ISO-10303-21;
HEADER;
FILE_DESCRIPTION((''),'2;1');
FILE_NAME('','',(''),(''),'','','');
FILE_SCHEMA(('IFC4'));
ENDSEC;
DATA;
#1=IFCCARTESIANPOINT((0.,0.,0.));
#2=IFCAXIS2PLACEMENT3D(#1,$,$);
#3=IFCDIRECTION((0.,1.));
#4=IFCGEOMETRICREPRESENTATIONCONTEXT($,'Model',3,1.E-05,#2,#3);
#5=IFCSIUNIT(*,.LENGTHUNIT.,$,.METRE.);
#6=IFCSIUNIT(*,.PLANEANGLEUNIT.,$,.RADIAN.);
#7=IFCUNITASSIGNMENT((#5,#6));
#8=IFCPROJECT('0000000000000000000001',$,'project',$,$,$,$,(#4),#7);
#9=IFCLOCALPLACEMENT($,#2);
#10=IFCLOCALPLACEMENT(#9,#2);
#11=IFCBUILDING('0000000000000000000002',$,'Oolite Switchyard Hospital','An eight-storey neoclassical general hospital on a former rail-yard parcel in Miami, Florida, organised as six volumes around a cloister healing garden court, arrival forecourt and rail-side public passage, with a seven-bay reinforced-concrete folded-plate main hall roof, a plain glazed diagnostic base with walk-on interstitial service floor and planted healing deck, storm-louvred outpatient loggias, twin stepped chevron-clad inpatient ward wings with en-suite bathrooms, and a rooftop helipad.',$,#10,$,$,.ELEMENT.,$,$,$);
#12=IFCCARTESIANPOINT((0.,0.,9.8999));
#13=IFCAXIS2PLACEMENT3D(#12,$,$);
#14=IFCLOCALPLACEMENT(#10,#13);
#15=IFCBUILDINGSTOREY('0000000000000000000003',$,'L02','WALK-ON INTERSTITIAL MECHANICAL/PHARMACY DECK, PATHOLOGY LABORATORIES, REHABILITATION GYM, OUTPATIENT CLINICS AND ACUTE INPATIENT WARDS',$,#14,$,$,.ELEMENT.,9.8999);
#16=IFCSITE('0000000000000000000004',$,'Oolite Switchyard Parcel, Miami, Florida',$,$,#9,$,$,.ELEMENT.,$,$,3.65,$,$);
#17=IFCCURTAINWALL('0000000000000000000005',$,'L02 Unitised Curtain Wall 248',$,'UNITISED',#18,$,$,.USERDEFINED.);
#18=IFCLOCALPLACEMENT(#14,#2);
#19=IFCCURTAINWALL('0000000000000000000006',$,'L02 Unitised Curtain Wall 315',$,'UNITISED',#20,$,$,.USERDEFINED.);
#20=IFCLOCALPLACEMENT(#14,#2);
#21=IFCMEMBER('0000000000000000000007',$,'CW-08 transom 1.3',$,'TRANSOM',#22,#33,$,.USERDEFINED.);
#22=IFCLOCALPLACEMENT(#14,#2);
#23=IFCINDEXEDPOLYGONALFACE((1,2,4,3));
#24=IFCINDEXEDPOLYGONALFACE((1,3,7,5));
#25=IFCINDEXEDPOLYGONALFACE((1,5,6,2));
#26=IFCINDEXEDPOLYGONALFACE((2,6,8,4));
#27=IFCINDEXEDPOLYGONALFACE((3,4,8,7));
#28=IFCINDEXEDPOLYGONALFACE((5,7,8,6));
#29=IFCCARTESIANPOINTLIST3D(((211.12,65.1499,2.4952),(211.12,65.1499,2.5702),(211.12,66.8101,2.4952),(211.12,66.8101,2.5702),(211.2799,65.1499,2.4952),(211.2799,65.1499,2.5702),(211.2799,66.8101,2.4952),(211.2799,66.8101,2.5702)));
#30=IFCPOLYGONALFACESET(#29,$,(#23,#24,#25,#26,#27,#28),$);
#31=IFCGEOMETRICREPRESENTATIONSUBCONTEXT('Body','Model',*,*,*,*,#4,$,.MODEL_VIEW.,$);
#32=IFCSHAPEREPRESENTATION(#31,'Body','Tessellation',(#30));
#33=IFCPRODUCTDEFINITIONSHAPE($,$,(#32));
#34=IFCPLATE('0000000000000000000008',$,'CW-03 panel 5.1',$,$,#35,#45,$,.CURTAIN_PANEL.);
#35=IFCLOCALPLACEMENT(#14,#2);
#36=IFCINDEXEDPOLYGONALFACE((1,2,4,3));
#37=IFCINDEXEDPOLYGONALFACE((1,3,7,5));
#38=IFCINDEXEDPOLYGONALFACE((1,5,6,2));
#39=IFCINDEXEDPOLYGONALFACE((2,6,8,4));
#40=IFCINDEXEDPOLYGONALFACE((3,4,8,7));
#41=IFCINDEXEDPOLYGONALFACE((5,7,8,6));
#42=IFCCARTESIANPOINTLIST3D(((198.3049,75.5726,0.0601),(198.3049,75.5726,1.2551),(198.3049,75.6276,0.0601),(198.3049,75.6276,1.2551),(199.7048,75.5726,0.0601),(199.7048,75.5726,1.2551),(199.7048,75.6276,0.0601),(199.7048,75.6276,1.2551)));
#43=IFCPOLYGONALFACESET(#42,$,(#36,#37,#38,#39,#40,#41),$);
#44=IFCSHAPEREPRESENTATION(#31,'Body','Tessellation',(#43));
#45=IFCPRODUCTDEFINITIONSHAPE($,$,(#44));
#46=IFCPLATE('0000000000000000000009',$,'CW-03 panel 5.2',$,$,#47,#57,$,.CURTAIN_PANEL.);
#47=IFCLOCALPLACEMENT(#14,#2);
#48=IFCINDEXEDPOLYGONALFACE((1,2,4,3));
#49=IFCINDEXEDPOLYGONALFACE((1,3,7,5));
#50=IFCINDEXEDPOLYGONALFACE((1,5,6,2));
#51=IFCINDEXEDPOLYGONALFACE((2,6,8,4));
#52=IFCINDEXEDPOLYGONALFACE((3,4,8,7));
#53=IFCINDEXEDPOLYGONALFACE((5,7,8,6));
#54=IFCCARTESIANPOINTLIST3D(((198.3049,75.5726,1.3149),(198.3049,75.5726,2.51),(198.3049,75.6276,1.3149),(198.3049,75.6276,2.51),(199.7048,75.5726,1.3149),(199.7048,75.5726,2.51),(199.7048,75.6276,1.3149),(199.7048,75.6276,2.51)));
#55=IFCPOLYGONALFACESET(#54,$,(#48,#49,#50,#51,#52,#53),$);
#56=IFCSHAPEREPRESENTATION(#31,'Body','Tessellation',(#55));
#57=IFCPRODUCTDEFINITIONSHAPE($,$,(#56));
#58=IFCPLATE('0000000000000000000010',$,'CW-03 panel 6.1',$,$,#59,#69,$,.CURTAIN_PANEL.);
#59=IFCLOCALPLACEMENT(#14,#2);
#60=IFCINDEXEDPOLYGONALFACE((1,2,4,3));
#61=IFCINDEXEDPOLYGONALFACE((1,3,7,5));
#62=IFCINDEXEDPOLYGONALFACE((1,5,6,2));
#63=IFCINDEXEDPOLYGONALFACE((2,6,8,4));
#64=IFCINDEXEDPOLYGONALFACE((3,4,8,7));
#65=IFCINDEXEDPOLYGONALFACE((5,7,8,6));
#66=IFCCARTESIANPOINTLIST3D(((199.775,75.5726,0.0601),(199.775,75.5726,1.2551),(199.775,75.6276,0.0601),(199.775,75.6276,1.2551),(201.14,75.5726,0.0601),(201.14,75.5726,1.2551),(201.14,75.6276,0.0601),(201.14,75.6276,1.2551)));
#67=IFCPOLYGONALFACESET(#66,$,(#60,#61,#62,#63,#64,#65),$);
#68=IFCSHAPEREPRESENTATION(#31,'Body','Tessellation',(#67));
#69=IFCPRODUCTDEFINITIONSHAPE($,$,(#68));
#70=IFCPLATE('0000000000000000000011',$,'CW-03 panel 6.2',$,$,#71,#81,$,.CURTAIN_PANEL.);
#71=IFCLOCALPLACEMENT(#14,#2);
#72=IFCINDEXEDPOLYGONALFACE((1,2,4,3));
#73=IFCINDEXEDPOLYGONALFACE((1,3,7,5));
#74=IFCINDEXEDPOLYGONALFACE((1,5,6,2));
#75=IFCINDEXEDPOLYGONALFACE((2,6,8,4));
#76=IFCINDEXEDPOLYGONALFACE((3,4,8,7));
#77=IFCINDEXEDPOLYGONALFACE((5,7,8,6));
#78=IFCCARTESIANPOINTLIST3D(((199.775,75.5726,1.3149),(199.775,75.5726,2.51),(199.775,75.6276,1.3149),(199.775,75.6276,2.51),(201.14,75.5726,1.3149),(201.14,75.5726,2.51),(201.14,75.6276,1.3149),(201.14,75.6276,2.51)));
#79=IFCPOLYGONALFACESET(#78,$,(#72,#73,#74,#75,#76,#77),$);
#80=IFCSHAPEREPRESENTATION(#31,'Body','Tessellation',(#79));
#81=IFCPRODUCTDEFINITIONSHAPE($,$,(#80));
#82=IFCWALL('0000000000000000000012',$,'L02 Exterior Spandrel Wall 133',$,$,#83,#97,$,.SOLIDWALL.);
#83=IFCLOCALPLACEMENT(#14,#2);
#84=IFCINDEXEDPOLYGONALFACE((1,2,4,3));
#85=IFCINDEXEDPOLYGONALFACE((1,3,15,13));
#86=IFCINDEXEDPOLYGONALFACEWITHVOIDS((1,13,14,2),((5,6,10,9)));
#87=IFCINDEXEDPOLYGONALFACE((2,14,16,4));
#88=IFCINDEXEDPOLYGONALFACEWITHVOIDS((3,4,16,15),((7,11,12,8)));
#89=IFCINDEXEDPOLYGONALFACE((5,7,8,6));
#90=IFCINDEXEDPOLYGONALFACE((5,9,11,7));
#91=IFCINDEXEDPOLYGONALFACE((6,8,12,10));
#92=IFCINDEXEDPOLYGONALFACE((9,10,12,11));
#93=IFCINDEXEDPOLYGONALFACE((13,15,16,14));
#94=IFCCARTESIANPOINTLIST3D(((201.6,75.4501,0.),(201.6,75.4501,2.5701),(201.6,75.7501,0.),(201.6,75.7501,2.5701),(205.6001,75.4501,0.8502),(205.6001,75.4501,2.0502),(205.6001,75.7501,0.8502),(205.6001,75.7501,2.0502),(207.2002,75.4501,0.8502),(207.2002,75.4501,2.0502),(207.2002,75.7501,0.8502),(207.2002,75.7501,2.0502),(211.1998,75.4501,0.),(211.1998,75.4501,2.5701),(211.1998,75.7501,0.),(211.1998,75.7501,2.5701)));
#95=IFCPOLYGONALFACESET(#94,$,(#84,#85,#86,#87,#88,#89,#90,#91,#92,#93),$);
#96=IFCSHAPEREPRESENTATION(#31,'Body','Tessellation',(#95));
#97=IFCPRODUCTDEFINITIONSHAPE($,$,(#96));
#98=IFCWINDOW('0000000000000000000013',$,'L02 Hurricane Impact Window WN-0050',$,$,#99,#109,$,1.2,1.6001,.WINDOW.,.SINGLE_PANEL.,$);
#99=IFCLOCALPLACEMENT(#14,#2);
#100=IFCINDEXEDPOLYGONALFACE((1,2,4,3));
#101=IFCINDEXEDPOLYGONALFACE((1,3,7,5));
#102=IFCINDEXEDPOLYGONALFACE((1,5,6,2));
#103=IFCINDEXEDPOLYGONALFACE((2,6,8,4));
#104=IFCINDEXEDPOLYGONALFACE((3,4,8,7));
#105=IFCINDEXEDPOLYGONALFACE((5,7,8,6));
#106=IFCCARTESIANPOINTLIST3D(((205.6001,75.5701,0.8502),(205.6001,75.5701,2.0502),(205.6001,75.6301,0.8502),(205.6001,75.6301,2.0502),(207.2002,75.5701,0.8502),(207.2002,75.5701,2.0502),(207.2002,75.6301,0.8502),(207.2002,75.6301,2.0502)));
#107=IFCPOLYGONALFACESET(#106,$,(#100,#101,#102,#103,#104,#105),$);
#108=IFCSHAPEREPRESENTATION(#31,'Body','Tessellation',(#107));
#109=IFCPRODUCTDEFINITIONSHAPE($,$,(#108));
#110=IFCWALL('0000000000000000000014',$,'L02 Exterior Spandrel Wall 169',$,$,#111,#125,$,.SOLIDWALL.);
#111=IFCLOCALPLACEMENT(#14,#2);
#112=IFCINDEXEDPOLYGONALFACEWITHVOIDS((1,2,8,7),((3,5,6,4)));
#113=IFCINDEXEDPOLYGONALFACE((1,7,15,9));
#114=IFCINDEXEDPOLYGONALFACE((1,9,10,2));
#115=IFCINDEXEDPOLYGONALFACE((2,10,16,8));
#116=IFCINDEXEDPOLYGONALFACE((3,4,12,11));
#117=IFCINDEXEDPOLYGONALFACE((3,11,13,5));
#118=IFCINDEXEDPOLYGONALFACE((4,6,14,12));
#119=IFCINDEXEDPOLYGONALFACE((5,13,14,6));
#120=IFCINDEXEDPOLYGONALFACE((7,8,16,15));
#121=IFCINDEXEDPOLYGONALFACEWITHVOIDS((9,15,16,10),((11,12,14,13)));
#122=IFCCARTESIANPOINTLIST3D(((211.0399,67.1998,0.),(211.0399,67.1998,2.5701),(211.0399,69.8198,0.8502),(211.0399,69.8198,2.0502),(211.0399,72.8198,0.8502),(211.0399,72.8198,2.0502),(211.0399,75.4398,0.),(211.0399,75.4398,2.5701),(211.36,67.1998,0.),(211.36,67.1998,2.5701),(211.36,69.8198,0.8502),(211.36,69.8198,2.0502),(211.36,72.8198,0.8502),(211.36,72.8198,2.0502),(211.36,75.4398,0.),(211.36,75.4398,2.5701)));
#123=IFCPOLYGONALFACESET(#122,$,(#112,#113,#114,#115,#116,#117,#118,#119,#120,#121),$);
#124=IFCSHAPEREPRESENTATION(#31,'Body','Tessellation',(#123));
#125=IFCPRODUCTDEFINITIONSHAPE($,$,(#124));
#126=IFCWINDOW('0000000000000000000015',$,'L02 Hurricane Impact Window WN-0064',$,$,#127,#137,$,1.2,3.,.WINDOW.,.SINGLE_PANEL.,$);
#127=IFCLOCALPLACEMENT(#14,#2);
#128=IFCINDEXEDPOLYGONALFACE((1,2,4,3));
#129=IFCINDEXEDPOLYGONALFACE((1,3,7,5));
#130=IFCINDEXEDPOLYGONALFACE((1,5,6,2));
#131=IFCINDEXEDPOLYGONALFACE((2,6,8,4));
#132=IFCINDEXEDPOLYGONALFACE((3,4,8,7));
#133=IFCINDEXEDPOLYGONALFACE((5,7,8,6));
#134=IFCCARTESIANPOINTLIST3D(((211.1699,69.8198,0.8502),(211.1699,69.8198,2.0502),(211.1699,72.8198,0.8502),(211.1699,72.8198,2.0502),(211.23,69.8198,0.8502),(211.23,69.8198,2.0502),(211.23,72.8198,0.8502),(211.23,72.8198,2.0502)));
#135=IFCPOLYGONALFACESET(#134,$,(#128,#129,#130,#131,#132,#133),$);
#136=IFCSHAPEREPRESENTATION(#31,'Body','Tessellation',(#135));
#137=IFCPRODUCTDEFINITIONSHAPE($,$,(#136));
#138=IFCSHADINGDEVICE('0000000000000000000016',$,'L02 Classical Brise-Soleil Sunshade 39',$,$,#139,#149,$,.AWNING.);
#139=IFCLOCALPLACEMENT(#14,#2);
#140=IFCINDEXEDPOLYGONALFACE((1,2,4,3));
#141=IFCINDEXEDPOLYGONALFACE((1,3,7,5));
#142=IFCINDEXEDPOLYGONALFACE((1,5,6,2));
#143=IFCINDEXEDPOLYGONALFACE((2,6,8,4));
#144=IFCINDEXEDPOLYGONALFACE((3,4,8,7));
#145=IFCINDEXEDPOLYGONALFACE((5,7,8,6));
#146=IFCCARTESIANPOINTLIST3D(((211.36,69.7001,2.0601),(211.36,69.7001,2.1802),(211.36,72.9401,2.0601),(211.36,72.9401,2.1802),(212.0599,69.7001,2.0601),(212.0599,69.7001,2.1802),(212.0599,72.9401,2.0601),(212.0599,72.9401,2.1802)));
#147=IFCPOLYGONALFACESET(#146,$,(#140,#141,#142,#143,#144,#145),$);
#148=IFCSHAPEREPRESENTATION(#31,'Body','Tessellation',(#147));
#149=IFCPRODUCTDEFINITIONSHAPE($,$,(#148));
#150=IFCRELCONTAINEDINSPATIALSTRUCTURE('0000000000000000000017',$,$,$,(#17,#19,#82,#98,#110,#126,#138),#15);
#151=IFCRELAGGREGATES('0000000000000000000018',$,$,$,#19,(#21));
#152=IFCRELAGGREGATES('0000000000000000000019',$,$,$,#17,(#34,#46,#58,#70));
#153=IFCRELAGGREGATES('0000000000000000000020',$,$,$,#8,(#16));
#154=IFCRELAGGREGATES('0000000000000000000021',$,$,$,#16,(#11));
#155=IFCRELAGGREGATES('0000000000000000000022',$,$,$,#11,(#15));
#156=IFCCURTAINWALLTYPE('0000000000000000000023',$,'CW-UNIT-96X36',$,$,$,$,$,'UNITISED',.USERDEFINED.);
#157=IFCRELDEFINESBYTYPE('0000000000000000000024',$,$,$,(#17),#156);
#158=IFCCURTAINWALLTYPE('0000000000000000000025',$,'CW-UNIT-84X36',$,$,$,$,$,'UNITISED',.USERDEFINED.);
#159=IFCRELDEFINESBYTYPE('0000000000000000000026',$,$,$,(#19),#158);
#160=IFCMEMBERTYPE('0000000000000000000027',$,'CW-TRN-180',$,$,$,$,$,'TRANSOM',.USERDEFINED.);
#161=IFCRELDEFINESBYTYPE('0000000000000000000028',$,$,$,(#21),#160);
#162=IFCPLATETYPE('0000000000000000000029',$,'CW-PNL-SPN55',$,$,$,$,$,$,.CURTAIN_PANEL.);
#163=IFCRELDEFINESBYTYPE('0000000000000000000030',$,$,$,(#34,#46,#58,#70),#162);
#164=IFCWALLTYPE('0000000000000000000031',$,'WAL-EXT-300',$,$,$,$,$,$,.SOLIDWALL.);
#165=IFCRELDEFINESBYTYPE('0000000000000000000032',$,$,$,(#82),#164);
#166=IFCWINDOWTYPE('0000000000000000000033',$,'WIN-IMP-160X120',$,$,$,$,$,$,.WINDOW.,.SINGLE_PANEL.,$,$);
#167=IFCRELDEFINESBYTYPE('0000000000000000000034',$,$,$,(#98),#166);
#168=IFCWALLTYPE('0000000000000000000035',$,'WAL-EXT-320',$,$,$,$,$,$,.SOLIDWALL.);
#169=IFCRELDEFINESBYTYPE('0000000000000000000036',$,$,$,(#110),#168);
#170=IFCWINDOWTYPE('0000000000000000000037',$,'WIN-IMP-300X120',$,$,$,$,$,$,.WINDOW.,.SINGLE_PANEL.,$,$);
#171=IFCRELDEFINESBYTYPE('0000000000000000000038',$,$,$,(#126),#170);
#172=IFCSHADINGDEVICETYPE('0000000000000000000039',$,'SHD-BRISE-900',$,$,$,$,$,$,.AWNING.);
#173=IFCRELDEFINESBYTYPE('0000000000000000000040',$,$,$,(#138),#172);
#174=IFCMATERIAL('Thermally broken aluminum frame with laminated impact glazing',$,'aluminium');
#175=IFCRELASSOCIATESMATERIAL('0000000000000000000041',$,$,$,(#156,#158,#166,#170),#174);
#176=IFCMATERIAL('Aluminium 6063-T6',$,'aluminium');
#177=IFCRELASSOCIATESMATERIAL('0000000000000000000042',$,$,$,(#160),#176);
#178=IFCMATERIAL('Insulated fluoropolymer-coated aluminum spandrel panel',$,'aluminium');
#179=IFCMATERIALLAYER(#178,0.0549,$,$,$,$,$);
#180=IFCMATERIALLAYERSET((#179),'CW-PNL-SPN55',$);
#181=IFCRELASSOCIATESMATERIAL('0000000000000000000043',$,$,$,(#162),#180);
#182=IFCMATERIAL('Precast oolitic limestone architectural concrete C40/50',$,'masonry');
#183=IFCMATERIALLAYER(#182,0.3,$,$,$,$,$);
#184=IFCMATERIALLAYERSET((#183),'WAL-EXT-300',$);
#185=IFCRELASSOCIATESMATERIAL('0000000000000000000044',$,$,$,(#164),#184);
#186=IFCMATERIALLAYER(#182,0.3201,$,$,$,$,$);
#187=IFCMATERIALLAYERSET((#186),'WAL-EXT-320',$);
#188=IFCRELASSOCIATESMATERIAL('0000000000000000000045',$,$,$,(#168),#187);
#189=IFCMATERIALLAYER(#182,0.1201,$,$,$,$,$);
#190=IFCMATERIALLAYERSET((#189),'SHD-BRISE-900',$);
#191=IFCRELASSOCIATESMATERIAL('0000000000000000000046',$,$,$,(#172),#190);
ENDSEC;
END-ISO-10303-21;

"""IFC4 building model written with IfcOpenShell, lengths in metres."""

from ifc_helpers import new_model, si_unit, direction, frame, frame_2d, origin, origin_2d, place, context, subcontext, project, spatial, rectangle, extrude, material, layer, layer_set, material_profile, profile_set, type_object, element, fill, aggregate, save


model = new_model("IFC4")

# Units and contexts
model_context = context("Model", 3, precision=1e-05, world=origin(), true_north=direction((0.0, 1.0)))
body_context = subcontext(model_context, "Body", "Model", "MODEL_VIEW")
ifc_project = project(units=[si_unit("LENGTHUNIT", "METRE"), si_unit("PLANEANGLEUNIT", "RADIAN")], contexts=[model_context])

# Site, building, storey
site_placement = place(None, origin())
site = spatial("IfcSite", under=ifc_project, at=site_placement, Name="Oolite Switchyard Parcel, Miami, Florida", CompositionType="ELEMENT", RefElevation=3.65)
building_placement = place(site_placement, origin())
building = spatial("IfcBuilding", under=site, at=building_placement, Name="Oolite Switchyard Hospital", Description="An eight-storey neoclassical general hospital on a former rail-yard parcel in Miami, Florida, organised as six volumes around a cloister healing garden court, arrival forecourt and rail-side public passage, with a seven-bay reinforced-concrete folded-plate main hall roof, a plain glazed diagnostic base with walk-on interstitial service floor and planted healing deck, storm-louvred outpatient loggias, twin stepped chevron-clad inpatient ward wings with en-suite bathrooms, and a rooftop helipad.", CompositionType="ELEMENT")
storey_placement = place(building_placement, frame((0.0, 0.0, 9.8999)))
storey = spatial("IfcBuildingStorey", under=building, at=storey_placement, Name="L02", Description="WALK-ON INTERSTITIAL MECHANICAL/PHARMACY DECK, PATHOLOGY LABORATORIES, REHABILITATION GYM, OUTPATIENT CLINICS AND ACUTE INPATIENT WARDS", CompositionType="ELEMENT", Elevation=9.8999)

# Curtain wall
ifc_material_1 = material(Name="Thermally broken aluminum frame with laminated impact glazing", Category="aluminium")
curtain_wall_type_1 = type_object("IfcCurtainWallType", Name="CW-UNIT-96X36", ElementType="UNITISED", PredefinedType="USERDEFINED", material=ifc_material_1)
curtain_wall_1_placement = place(storey_placement, origin())
curtain_wall_1 = element("IfcCurtainWall", 1, at=curtain_wall_1_placement, inside=storey, type_object=curtain_wall_type_1, Name="L02 Unitised Curtain Wall 248", ObjectType="UNITISED", PredefinedType="USERDEFINED")
ifc_material_2 = material(Name="Aluminium 6063-T6", Category="aluminium")

# Curtain wall
curtain_wall_type_2 = type_object("IfcCurtainWallType", Name="CW-UNIT-84X36", ElementType="UNITISED", PredefinedType="USERDEFINED", material=ifc_material_1)
curtain_wall_2_placement = place(storey_placement, origin())
curtain_wall_2 = element("IfcCurtainWall", 2, at=curtain_wall_2_placement, inside=storey, type_object=curtain_wall_type_2, Name="L02 Unitised Curtain Wall 315", ObjectType="UNITISED", PredefinedType="USERDEFINED")

# Member
ifc_material_profile_1 = material_profile(ifc_material_2, rectangle(XDim=0.1599, YDim=0.075, at=origin_2d()), Name="CWT75X160")
ifc_profile_set_1 = profile_set([ifc_material_profile_1], Name="Aluminium 6063-T6")
member_type_1 = type_object("IfcMemberType", Name="CW-TRN-180", ElementType="TRANSOM", PredefinedType="USERDEFINED", material=ifc_profile_set_1)
member_1_placement = place(storey_placement, frame((211.2, 66.8101, 2.5327), z_axis=(0.0, -1.0, 0.0), x_axis=(1.0, 0.0, 0.0)))
member_1 = element("IfcMember", 3, at=member_1_placement, type_object=member_type_1, Name="CW-08 transom 1.3", ObjectType="TRANSOM", PredefinedType="USERDEFINED", context=body_context, shape_type="SweptSolid", body=[
    extrude(rectangle(XDim=0.1599, YDim=0.075, at=origin_2d()), origin(), (0.0, 0.0, 1.0), 1.6602),
])
aggregate(curtain_wall_2, [member_1])

# Plates
ifc_material_3 = material(Name="Insulated fluoropolymer-coated aluminum spandrel panel", Category="aluminium")
ifc_layer_1 = layer(ifc_material_3, 0.0549)
ifc_layer_set_1 = layer_set([ifc_layer_1], Name="CW-PNL-SPN55")
plate_type = type_object("IfcPlateType", Name="CW-PNL-SPN55", PredefinedType="CURTAIN_PANEL", material=ifc_layer_set_1)
plate_1_placement = place(storey_placement, frame((199.0049, 75.6001, 0.0601), z_axis=(0.0, 0.0, 1.0), x_axis=(1.0, 0.0, 0.0)))
plate_1 = element("IfcPlate", 4, at=plate_1_placement, type_object=plate_type, Name="CW-03 panel 5.1", PredefinedType="CURTAIN_PANEL", context=body_context, shape_type="SweptSolid", body=[
    extrude(rectangle(XDim=1.3999, YDim=0.0549, at=origin_2d()), origin(), (0.0, 0.0, 1.0), 1.1951),
])
plate_2_placement = place(storey_placement, frame((199.0049, 75.6001, 1.3149), z_axis=(0.0, 0.0, 1.0), x_axis=(1.0, 0.0, 0.0)))
plate_2 = element("IfcPlate", 5, at=plate_2_placement, type_object=plate_type, Name="CW-03 panel 5.2", PredefinedType="CURTAIN_PANEL", context=body_context, shape_type="SweptSolid", body=[
    extrude(rectangle(XDim=1.3999, YDim=0.0549, at=origin_2d()), origin(), (0.0, 0.0, 1.0), 1.1951),
])
plate_3_placement = place(storey_placement, frame((200.4575, 75.6001, 0.0601), z_axis=(0.0, 0.0, 1.0), x_axis=(1.0, 0.0, 0.0)))
plate_3 = element("IfcPlate", 6, at=plate_3_placement, type_object=plate_type, Name="CW-03 panel 6.1", PredefinedType="CURTAIN_PANEL", context=body_context, shape_type="SweptSolid", body=[
    extrude(rectangle(XDim=1.365, YDim=0.0549, at=origin_2d()), origin(), (0.0, 0.0, 1.0), 1.1951),
])
plate_4_placement = place(storey_placement, frame((200.4575, 75.6001, 1.3149), z_axis=(0.0, 0.0, 1.0), x_axis=(1.0, 0.0, 0.0)))
plate_4 = element("IfcPlate", 7, at=plate_4_placement, type_object=plate_type, Name="CW-03 panel 6.2", PredefinedType="CURTAIN_PANEL", context=body_context, shape_type="SweptSolid", body=[
    extrude(rectangle(XDim=1.365, YDim=0.0549, at=origin_2d()), origin(), (0.0, 0.0, 1.0), 1.1951),
])
aggregate(curtain_wall_1, [plate_1, plate_2, plate_3, plate_4])

# Walls, openings, windows
ifc_material_4 = material(Name="Precast oolitic limestone architectural concrete C40/50", Category="masonry")
ifc_layer_2 = layer(ifc_material_4, 0.3)
ifc_layer_set_2 = layer_set([ifc_layer_2], Name="WAL-EXT-300")
wall_type_1 = type_object("IfcWallType", Name="WAL-EXT-300", PredefinedType="SOLIDWALL", material=ifc_layer_set_2)
wall_1_placement = place(storey_placement, frame((201.6001, 75.6001, 0.0), z_axis=(0.0, 0.0, 1.0), x_axis=(1.0, 0.0, 0.0)))
wall_1 = element("IfcWall", 8, at=wall_1_placement, inside=storey, type_object=wall_type_1, Name="L02 Exterior Spandrel Wall 133", PredefinedType="SOLIDWALL", context=body_context, shape_type="SweptSolid", body=[
    extrude(rectangle(XDim=9.5999, YDim=0.3, at=frame_2d((4.7998, 0.0))), origin(), (0.0, 0.0, 1.0), 2.5701),
])
opening_1_placement = place(wall_1_placement, frame((4.0, 0.0, 0.8501)))
opening_1 = element("IfcOpeningElement", 9, at=opening_1_placement, cuts=wall_1, PredefinedType="OPENING", context=body_context, shape_type="SweptSolid", body=[
    extrude(rectangle(XDim=1.6001, YDim=1.2, at=frame_2d((0.8, 0.6001))), frame((0.0, 0.1602, 0.0), z_axis=(0.0, -1.0, 0.0), x_axis=(1.0, 0.0, 0.0)), (0.0, 0.0, 1.0), 0.3201),
])
window_type_1 = type_object("IfcWindowType", Name="WIN-IMP-160X120", PartitioningType="SINGLE_PANEL", PredefinedType="WINDOW", material=ifc_material_1)
window_1_placement = place(opening_1_placement, origin())
window_1 = element("IfcWindow", 10, at=window_1_placement, inside=storey, type_object=window_type_1, Name="L02 Hurricane Impact Window WN-0050", OverallHeight=1.2, OverallWidth=1.6001, PartitioningType="SINGLE_PANEL", PredefinedType="WINDOW", context=body_context, shape_type="SweptSolid", body=[
    extrude(rectangle(XDim=1.6001, YDim=1.2, at=frame_2d((0.8, 0.6001))), frame((0.0, 0.03, 0.0), z_axis=(0.0, -1.0, 0.0), x_axis=(1.0, 0.0, 0.0)), (0.0, 0.0, 1.0), 0.0601),
])
fill(opening_1, window_1)
ifc_layer_3 = layer(ifc_material_4, 0.3201)
ifc_layer_set_3 = layer_set([ifc_layer_3], Name="WAL-EXT-320")
wall_type_2 = type_object("IfcWallType", Name="WAL-EXT-320", PredefinedType="SOLIDWALL", material=ifc_layer_set_3)
wall_2_placement = place(storey_placement, frame((211.2, 75.4399, 0.0), z_axis=(0.0, 0.0, 1.0), x_axis=(0.0, -1.0, 0.0)))
wall_2 = element("IfcWall", 11, at=wall_2_placement, inside=storey, type_object=wall_type_2, Name="L02 Exterior Spandrel Wall 169", PredefinedType="SOLIDWALL", context=body_context, shape_type="SweptSolid", body=[
    extrude(rectangle(XDim=8.24, YDim=0.3201, at=frame_2d((4.1201, 0.0))), origin(), (0.0, 0.0, 1.0), 2.5701),
])
opening_2_placement = place(wall_2_placement, frame((2.6201, 0.0, 0.8501)))
opening_2 = element("IfcOpeningElement", 12, at=opening_2_placement, cuts=wall_2, PredefinedType="OPENING", context=body_context, shape_type="SweptSolid", body=[
    extrude(rectangle(XDim=3.0, YDim=1.2, at=frame_2d((1.5, 0.6001))), frame((0.0, 0.1699, 0.0), z_axis=(0.0, -1.0, 0.0), x_axis=(1.0, 0.0, 0.0)), (0.0, 0.0, 1.0), 0.3401),
])
window_type_2 = type_object("IfcWindowType", Name="WIN-IMP-300X120", PartitioningType="SINGLE_PANEL", PredefinedType="WINDOW", material=ifc_material_1)
window_2_placement = place(opening_2_placement, origin())
window_2 = element("IfcWindow", 13, at=window_2_placement, inside=storey, type_object=window_type_2, Name="L02 Hurricane Impact Window WN-0064", OverallHeight=1.2, OverallWidth=3.0, PartitioningType="SINGLE_PANEL", PredefinedType="WINDOW", context=body_context, shape_type="SweptSolid", body=[
    extrude(rectangle(XDim=3.0, YDim=1.2, at=frame_2d((1.5, 0.6001))), frame((0.0, 0.03, 0.0), z_axis=(0.0, -1.0, 0.0), x_axis=(1.0, 0.0, 0.0)), (0.0, 0.0, 1.0), 0.0601),
])
fill(opening_2, window_2)

# Shading device
ifc_layer_4 = layer(ifc_material_4, 0.1201)
ifc_layer_set_4 = layer_set([ifc_layer_4], Name="SHD-BRISE-900")
shading_device_type = type_object("IfcShadingDeviceType", Name="SHD-BRISE-900", PredefinedType="AWNING", material=ifc_layer_set_4)
shading_device_placement = place(storey_placement, frame((211.71, 71.3201, 2.0601), z_axis=(0.0, 0.0, 1.0), x_axis=(0.0, 1.0, 0.0)))
element("IfcShadingDevice", 14, at=shading_device_placement, inside=storey, type_object=shading_device_type, Name="L02 Classical Brise-Soleil Sunshade 39", PredefinedType="AWNING", context=body_context, shape_type="SweptSolid", body=[
    extrude(rectangle(XDim=3.24, YDim=0.7, at=origin_2d()), origin(), (0.0, 0.0, 1.0), 0.1201),
])

save(model, "model.ifc")
